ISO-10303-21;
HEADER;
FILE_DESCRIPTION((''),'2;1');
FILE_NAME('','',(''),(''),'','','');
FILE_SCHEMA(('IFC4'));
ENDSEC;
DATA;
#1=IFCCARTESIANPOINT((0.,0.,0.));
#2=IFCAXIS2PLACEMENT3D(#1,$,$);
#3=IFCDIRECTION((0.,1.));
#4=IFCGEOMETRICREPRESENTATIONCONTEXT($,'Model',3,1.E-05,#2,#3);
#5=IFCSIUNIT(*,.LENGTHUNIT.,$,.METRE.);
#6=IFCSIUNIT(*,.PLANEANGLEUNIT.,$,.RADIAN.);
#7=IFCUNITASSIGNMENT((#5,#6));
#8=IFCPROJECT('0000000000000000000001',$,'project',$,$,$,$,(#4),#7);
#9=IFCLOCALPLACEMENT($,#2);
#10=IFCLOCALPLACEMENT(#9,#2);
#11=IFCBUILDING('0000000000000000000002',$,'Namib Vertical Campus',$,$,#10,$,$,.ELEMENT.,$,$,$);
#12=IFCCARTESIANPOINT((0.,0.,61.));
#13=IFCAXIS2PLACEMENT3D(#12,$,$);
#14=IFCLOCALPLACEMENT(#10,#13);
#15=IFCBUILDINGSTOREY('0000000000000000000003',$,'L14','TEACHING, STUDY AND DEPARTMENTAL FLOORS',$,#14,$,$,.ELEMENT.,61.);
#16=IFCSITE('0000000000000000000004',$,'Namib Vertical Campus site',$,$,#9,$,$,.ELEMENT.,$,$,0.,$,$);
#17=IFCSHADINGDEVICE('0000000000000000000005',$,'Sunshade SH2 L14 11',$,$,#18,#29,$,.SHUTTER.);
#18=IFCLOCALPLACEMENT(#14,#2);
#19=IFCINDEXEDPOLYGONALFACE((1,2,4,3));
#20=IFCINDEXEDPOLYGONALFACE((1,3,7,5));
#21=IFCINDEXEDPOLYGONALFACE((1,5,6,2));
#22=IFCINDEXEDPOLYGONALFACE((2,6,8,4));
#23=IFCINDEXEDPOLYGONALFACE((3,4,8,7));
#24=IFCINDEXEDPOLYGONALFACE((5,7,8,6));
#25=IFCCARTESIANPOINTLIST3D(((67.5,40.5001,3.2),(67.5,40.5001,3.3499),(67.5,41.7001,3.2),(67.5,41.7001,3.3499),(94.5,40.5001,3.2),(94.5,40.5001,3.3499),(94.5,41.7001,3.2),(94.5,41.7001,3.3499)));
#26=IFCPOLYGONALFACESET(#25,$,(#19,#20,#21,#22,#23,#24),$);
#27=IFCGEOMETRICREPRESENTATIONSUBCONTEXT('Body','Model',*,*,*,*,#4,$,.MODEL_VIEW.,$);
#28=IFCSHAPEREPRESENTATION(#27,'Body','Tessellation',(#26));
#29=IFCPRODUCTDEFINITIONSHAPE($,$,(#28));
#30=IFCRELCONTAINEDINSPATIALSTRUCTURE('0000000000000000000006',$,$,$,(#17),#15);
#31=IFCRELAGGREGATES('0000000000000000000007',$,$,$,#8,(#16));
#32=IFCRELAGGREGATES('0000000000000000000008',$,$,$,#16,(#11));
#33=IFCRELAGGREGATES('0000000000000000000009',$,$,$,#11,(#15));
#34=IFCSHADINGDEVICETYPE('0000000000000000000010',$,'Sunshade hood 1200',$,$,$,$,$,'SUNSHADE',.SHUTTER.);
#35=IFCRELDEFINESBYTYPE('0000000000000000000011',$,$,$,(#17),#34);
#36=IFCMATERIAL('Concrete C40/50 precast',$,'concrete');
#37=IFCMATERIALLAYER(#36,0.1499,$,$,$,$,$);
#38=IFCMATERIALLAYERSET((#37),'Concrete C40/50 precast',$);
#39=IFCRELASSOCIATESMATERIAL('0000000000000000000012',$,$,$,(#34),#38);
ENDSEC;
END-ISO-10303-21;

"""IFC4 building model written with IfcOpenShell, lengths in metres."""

from ifc_helpers import new_model, si_unit, direction, frame, origin, origin_2d, place, context, subcontext, project, spatial, rectangle, extrude, material, layer, layer_set, type_object, element, save


model = new_model("IFC4")

# Units and contexts
model_context = context("Model", 3, precision=1e-05, world=origin(), true_north=direction((0.0, 1.0)))
body_context = subcontext(model_context, "Body", "Model", "MODEL_VIEW")
ifc_project = project(units=[si_unit("LENGTHUNIT", "METRE"), si_unit("PLANEANGLEUNIT", "RADIAN")], contexts=[model_context])

# Site, building, storey
site_placement = place(None, origin())
site = spatial("IfcSite", under=ifc_project, at=site_placement, Name="Namib Vertical Campus site", CompositionType="ELEMENT", RefElevation=0.0)
building_placement = place(site_placement, origin())
building = spatial("IfcBuilding", under=site, at=building_placement, Name="Namib Vertical Campus", CompositionType="ELEMENT")
storey_placement = place(building_placement, frame((0.0, 0.0, 61.0)))
storey = spatial("IfcBuildingStorey", under=building, at=storey_placement, Name="L14", Description="TEACHING, STUDY AND DEPARTMENTAL FLOORS", CompositionType="ELEMENT", Elevation=61.0)

# Shading device
ifc_material_1 = material(Name="Concrete C40/50 precast", Category="concrete")
ifc_layer_1 = layer(ifc_material_1, 0.1499)
ifc_layer_set_1 = layer_set([ifc_layer_1], Name="Concrete C40/50 precast")
shading_device_type = type_object("IfcShadingDeviceType", Name="Sunshade hood 1200", ElementType="SUNSHADE", PredefinedType="SHUTTER", material=ifc_layer_set_1)
shading_device_placement = place(storey_placement, frame((81.0, 41.1001, 3.2), z_axis=(0.0, 0.0, 1.0), x_axis=(-1.0, 0.0, 0.0)))
element("IfcShadingDevice", 1, at=shading_device_placement, inside=storey, type_object=shading_device_type, Name="Sunshade SH2 L14 11", PredefinedType="SHUTTER", context=body_context, shape_type="SweptSolid", body=[
    extrude(rectangle(XDim=27.0, YDim=1.2, at=origin_2d()), origin(), (0.0, 0.0, 1.0), 0.1499),
])

save(model, "model.ifc")
